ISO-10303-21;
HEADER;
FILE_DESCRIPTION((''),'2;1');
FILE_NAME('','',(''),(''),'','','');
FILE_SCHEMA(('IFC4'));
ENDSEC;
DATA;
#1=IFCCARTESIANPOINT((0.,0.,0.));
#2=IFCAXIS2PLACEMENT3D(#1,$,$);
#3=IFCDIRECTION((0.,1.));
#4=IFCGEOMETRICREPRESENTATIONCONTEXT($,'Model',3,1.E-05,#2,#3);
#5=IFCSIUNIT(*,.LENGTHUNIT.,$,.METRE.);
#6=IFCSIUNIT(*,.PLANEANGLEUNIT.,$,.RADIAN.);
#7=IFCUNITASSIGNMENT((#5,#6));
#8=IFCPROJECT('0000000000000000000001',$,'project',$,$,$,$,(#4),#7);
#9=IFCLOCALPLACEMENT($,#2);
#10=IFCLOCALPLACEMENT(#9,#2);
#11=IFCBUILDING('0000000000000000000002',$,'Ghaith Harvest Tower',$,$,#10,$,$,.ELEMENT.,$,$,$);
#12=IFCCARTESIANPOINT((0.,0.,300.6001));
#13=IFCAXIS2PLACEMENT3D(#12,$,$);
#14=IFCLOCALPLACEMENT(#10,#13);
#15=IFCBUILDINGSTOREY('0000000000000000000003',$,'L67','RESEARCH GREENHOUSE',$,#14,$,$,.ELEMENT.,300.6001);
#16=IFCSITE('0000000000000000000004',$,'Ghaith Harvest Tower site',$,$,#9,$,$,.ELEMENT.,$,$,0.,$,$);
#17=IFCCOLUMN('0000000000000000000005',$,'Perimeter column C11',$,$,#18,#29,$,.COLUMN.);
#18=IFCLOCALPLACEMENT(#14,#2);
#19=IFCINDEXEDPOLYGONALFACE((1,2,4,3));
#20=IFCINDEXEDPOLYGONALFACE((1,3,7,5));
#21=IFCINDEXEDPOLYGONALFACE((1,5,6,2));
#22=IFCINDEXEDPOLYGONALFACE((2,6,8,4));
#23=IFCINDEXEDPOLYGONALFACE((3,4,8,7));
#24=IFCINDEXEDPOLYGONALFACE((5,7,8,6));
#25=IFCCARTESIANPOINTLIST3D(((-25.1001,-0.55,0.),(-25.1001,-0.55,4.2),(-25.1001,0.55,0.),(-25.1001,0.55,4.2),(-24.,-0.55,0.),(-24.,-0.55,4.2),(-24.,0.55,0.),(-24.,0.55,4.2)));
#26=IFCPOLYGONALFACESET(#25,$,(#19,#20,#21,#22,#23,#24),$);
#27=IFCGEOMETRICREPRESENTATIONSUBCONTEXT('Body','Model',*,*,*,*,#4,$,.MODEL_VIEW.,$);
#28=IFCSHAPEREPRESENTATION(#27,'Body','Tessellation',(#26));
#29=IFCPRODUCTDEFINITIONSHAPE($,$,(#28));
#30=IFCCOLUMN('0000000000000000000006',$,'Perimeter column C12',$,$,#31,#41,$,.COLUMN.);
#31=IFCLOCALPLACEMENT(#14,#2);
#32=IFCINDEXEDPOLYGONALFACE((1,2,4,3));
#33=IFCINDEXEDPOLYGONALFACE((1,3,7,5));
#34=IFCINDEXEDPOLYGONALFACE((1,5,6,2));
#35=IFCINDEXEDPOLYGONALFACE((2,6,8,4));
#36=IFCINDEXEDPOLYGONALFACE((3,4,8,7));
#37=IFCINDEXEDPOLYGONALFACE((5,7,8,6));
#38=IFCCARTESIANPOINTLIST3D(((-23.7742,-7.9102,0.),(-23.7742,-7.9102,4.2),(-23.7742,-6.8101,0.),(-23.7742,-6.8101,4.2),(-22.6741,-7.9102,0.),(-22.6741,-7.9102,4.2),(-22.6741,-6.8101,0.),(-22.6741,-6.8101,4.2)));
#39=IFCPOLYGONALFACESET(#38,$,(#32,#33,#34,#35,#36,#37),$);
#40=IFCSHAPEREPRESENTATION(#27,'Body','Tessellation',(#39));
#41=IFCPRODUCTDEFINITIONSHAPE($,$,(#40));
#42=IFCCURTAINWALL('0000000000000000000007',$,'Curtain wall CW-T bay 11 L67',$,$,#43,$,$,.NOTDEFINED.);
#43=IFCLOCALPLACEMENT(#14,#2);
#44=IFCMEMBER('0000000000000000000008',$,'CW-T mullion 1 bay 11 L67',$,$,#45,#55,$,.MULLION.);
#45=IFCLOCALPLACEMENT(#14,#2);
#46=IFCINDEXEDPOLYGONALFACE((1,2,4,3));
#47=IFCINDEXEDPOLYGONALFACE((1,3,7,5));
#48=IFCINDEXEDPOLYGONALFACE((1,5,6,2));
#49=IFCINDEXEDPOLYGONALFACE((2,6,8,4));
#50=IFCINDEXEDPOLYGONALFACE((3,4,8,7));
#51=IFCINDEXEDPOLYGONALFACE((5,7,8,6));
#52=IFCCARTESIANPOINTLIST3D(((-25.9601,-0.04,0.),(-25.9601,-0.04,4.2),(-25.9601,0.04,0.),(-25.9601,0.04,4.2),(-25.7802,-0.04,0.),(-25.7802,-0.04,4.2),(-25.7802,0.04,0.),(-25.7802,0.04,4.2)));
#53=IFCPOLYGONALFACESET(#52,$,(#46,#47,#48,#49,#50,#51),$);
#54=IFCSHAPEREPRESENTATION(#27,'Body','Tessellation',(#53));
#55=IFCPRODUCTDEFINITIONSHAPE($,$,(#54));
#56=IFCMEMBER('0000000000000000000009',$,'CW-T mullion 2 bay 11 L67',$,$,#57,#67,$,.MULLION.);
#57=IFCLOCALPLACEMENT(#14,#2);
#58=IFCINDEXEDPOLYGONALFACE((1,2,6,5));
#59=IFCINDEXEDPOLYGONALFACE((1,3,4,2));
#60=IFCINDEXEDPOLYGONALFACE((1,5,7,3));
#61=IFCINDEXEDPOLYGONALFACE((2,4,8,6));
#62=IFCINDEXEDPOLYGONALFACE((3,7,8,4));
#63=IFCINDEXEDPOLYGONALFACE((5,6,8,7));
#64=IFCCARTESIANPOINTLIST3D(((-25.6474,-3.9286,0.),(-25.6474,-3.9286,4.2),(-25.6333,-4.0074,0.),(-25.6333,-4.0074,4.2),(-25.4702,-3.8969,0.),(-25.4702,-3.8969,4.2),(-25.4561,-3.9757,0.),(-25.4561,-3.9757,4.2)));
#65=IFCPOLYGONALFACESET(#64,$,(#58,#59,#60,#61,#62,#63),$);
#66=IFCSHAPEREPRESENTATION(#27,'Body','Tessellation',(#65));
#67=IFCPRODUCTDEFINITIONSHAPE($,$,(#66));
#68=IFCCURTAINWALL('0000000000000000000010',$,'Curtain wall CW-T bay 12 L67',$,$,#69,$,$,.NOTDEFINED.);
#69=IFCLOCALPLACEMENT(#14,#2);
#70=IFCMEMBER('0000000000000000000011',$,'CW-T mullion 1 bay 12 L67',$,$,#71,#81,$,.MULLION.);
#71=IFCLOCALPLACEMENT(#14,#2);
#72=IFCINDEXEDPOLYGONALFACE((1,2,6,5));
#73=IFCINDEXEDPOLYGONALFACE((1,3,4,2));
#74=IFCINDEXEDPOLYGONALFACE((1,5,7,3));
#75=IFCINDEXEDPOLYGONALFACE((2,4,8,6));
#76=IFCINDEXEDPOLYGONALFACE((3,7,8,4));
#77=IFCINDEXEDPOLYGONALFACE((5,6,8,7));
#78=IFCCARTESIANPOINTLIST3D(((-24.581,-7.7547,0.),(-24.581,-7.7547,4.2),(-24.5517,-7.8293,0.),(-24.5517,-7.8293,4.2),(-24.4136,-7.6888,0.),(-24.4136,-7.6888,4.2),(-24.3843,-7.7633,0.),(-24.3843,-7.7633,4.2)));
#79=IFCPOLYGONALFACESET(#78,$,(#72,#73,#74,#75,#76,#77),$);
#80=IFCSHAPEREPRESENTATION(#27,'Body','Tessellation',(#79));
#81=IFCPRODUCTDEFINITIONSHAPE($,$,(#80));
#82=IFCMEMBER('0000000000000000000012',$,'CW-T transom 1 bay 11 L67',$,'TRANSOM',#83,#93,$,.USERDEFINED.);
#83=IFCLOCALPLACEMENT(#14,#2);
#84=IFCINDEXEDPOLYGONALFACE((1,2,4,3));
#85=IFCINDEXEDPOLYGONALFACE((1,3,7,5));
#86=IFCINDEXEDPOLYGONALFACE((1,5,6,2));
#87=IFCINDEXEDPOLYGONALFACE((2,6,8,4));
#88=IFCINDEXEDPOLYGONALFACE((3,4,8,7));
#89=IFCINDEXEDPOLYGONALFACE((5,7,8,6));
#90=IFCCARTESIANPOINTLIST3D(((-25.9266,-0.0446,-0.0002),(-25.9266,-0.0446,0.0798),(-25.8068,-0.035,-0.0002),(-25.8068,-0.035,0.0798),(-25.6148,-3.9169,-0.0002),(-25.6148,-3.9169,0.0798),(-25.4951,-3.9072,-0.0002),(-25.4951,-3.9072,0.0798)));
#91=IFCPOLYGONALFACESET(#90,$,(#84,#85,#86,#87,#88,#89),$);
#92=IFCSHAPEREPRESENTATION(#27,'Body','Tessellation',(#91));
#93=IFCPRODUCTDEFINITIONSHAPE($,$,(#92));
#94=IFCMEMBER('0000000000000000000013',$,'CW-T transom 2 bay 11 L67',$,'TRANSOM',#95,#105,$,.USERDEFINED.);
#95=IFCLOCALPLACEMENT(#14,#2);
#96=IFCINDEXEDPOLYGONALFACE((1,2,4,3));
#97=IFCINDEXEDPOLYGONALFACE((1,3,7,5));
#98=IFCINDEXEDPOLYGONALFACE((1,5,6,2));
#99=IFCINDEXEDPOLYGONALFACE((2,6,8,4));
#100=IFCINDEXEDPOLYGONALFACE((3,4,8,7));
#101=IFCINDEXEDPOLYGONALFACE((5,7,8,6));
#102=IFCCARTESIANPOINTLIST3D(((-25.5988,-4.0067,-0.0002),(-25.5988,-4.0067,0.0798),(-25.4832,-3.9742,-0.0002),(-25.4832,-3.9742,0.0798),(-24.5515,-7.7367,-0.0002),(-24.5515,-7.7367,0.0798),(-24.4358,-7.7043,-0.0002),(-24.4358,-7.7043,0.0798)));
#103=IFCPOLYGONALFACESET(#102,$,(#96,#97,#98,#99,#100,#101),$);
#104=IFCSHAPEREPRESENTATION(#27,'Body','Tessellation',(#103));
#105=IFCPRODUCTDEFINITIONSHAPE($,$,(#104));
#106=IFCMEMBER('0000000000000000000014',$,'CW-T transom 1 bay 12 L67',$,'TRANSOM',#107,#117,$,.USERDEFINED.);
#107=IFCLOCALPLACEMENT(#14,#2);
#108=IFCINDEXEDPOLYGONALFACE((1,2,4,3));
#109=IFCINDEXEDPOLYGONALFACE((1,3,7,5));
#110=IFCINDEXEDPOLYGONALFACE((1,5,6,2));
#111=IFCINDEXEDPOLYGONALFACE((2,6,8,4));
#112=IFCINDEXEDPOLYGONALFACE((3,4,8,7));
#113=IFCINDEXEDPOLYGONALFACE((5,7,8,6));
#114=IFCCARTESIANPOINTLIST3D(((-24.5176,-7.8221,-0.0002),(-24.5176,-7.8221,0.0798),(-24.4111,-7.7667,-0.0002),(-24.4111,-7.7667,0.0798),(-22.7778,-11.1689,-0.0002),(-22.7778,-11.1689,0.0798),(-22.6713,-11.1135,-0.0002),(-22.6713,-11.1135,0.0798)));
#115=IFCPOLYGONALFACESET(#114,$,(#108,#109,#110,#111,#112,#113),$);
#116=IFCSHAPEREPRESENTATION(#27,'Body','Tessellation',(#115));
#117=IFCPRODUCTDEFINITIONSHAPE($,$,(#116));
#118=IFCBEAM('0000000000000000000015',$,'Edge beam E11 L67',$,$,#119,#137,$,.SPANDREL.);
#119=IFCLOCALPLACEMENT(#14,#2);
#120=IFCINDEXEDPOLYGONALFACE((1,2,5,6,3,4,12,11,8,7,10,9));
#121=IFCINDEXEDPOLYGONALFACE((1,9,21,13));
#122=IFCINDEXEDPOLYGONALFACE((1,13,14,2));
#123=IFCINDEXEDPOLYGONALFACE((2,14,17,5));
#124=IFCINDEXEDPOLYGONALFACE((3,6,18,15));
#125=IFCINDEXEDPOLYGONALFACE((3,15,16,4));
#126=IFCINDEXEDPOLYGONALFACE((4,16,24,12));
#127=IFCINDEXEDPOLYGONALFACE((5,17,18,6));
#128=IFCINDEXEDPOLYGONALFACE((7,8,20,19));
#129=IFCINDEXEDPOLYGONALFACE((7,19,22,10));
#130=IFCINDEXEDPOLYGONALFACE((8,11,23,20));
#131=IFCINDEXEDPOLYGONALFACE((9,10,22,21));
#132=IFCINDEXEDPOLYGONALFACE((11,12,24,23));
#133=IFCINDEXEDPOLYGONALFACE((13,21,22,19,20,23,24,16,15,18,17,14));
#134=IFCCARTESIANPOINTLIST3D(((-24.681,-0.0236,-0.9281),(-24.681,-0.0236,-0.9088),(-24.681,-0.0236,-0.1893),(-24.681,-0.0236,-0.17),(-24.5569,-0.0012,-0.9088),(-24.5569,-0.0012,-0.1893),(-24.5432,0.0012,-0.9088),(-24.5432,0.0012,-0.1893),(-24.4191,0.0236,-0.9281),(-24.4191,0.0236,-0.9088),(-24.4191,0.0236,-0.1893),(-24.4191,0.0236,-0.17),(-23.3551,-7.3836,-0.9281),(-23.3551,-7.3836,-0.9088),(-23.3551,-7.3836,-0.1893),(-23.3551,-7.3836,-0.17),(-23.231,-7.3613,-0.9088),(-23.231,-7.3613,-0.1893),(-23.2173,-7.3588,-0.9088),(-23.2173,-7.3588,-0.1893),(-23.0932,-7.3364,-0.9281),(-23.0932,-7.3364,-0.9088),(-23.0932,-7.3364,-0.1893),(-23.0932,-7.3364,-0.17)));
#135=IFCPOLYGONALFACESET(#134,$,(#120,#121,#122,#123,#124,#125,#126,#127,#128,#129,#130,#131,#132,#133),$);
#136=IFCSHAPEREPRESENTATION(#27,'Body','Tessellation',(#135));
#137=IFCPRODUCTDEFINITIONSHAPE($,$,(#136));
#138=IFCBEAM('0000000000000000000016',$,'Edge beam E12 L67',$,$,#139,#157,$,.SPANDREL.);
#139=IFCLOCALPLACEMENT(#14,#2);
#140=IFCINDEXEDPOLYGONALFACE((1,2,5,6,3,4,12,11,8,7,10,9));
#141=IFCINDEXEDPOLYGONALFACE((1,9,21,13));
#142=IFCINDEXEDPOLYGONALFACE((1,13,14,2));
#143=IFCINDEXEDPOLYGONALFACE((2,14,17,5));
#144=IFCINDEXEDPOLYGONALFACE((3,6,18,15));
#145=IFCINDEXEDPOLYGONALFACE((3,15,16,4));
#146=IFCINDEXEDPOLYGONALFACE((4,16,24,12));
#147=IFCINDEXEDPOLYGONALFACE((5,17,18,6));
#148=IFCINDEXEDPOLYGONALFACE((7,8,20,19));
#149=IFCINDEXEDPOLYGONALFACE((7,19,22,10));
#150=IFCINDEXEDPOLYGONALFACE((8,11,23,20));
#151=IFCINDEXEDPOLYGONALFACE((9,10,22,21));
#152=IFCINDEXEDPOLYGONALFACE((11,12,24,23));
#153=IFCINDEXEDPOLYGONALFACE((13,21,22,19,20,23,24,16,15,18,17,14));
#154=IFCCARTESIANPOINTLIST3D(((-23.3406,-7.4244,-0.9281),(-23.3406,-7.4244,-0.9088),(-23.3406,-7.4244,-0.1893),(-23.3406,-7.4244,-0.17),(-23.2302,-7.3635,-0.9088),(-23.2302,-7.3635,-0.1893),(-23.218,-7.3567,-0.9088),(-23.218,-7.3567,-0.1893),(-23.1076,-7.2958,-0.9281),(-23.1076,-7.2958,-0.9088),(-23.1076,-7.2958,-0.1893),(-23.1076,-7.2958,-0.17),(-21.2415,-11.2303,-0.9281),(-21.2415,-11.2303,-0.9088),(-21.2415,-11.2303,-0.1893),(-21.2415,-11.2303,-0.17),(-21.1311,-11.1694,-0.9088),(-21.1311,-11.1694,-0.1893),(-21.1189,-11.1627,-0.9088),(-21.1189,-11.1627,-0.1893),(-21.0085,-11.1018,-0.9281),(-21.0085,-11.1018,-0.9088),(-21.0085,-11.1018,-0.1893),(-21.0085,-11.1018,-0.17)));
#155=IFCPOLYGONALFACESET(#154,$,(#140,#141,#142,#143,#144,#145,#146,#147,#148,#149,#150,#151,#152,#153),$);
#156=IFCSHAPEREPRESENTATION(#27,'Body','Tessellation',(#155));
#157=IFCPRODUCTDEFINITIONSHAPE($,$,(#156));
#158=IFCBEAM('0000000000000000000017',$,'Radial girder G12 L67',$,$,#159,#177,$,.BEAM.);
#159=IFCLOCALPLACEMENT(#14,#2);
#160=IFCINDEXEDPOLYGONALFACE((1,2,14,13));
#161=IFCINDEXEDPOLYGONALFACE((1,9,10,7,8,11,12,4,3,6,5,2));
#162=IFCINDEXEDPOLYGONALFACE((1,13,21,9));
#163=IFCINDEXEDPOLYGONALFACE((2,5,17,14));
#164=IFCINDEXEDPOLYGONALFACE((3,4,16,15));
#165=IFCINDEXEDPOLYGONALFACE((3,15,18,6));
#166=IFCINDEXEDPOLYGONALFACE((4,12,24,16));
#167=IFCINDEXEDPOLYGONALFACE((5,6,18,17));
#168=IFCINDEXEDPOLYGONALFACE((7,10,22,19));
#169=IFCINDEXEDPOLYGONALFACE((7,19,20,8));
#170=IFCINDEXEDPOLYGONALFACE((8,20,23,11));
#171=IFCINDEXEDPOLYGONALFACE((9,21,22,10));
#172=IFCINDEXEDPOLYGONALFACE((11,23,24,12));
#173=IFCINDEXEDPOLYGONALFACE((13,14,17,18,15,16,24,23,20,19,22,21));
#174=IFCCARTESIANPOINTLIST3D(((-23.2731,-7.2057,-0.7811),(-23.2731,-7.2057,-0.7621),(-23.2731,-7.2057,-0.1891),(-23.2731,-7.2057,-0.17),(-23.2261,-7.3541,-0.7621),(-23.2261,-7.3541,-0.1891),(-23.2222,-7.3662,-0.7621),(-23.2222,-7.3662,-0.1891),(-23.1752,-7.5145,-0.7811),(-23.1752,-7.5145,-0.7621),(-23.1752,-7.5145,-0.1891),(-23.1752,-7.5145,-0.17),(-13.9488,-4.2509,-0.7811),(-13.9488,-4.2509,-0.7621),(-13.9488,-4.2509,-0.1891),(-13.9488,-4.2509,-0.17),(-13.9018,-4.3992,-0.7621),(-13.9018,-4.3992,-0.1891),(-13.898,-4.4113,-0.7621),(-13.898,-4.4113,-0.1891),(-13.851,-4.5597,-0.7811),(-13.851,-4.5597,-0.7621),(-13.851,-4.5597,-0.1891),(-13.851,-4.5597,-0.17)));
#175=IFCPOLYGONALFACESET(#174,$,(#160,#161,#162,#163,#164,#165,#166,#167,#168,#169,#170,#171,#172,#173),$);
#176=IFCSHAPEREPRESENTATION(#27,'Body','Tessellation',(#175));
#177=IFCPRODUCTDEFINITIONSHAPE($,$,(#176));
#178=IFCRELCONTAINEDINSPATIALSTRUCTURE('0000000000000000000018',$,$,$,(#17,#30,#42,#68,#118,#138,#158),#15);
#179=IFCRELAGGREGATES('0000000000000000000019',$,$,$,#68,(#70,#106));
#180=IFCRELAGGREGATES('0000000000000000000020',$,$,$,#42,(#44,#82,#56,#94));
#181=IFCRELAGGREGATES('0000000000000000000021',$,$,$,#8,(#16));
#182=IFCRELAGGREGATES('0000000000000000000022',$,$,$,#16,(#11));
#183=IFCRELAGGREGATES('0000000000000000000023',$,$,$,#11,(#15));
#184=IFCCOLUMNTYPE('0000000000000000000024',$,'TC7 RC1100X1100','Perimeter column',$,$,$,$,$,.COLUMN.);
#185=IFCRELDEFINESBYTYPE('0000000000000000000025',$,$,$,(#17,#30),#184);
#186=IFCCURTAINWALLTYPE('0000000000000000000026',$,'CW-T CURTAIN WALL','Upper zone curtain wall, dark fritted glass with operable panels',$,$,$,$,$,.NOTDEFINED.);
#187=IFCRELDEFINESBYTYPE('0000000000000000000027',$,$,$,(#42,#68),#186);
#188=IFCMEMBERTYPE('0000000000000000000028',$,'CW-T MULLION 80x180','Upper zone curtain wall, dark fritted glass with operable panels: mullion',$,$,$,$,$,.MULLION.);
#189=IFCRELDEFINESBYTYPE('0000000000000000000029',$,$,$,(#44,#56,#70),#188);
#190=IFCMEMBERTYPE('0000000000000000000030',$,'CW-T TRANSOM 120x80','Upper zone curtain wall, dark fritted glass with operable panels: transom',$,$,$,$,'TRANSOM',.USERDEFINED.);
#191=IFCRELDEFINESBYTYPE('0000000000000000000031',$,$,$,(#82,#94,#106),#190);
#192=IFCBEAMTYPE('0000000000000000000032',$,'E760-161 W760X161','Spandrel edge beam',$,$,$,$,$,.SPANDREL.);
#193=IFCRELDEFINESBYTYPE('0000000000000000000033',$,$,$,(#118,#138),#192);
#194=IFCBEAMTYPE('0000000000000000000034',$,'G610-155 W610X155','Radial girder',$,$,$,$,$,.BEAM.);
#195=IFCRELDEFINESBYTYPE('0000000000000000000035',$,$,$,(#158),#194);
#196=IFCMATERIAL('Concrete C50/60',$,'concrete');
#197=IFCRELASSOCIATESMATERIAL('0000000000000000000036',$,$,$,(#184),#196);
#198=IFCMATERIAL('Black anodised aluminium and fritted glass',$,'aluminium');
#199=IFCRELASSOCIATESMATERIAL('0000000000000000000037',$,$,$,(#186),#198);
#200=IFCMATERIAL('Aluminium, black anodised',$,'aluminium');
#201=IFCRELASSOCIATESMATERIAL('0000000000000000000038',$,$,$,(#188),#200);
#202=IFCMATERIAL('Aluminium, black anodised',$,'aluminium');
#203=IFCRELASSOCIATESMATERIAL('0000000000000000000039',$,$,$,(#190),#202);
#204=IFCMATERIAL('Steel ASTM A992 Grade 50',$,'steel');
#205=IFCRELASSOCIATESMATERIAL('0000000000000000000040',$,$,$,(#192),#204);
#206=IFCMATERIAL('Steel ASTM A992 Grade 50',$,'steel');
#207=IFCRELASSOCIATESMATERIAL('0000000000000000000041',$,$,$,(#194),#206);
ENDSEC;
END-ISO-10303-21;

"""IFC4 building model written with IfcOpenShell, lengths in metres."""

from ifc_helpers import new_model, si_unit, direction, frame, origin, origin_2d, place, context, subcontext, project, spatial, rectangle, i_section, extrude, material, material_profile, profile_set, type_object, element, aggregate, save


model = new_model("IFC4")

# Units and contexts
model_context = context("Model", 3, precision=1e-05, world=origin(), true_north=direction((0.0, 1.0)))
body_context = subcontext(model_context, "Body", "Model", "MODEL_VIEW")
ifc_project = project(units=[si_unit("LENGTHUNIT", "METRE"), si_unit("PLANEANGLEUNIT", "RADIAN")], contexts=[model_context])

# Site, building, storey
site_placement = place(None, origin())
site = spatial("IfcSite", under=ifc_project, at=site_placement, Name="Ghaith Harvest Tower site", CompositionType="ELEMENT", RefElevation=0.0)
building_placement = place(site_placement, origin())
building = spatial("IfcBuilding", under=site, at=building_placement, Name="Ghaith Harvest Tower", CompositionType="ELEMENT")
storey_placement = place(building_placement, frame((0.0, 0.0, 300.6001)))
storey = spatial("IfcBuildingStorey", under=building, at=storey_placement, Name="L67", Description="RESEARCH GREENHOUSE", CompositionType="ELEMENT", Elevation=300.6001)

# Columns
ifc_material_1 = material(Name="Concrete C50/60", Category="concrete")
ifc_material_profile_1 = material_profile(ifc_material_1, rectangle(XDim=1.1001, YDim=1.1001, at=origin_2d()), Name="RC1100X1100")
ifc_profile_set_1 = profile_set([ifc_material_profile_1], Name="Concrete C50/60")
column_type = type_object("IfcColumnType", Name="TC7 RC1100X1100", Description="Perimeter column", PredefinedType="COLUMN", material=ifc_profile_set_1)
for number, where, z_axis, x_axis, name in (
    (1, (-24.55, 0.0, 0.0), (0.0, 0.0, 1.0), (1.0, 0.0, 0.0), "Perimeter column C11"),
    (2, (-23.2241, -7.3601, 0.0), (0.0, 0.0, 1.0), (1.0, 0.0, 0.0), "Perimeter column C12"),
):
    element("IfcColumn", number, at=place(storey_placement, frame(where, z_axis=z_axis, x_axis=x_axis)), inside=storey, type_object=column_type, Name=name, PredefinedType="COLUMN", context=body_context, shape_type="SweptSolid", body=[
        extrude(rectangle(XDim=1.1001, YDim=1.1001, at=origin_2d()), origin(), (0.0, 0.0, 1.0), 4.2),
    ])

# Curtain wall, members
ifc_material_2 = material(Name="Black anodised aluminium and fritted glass", Category="aluminium")
curtain_wall_type = type_object("IfcCurtainWallType", Name="CW-T CURTAIN WALL", Description="Upper zone curtain wall, dark fritted glass with operable panels", PredefinedType="NOTDEFINED", material=ifc_material_2)
curtain_wall_1_placement = place(storey_placement, origin())
curtain_wall_1 = element("IfcCurtainWall", 3, at=curtain_wall_1_placement, inside=storey, type_object=curtain_wall_type, Name="Curtain wall CW-T bay 11 L67", PredefinedType="NOTDEFINED")
ifc_material_3 = material(Name="Aluminium, black anodised", Category="aluminium")
ifc_material_profile_2 = material_profile(ifc_material_3, rectangle(XDim=0.0801, YDim=0.1799, at=origin_2d()), Name="CW-T MULLION 80x180")
ifc_profile_set_2 = profile_set([ifc_material_profile_2], Name="Aluminium, black anodised")
member_type_1 = type_object("IfcMemberType", Name="CW-T MULLION 80x180", Description="Upper zone curtain wall, dark fritted glass with operable panels: mullion", PredefinedType="MULLION", material=ifc_profile_set_2)
member_1_placement = place(storey_placement, frame((-25.8701, 0.0, 0.0), z_axis=(0.0, 0.0, 1.0), x_axis=(0.0, -1.0, 0.0)))
member_1 = element("IfcMember", 4, at=member_1_placement, type_object=member_type_1, Name="CW-T mullion 1 bay 11 L67", PredefinedType="MULLION", context=body_context, shape_type="SweptSolid", body=[
    extrude(rectangle(XDim=0.0801, YDim=0.1799, at=origin_2d()), origin(), (0.0, 0.0, 1.0), 4.2),
])
member_2_placement = place(storey_placement, frame((-25.5518, -3.9521, 0.0), z_axis=(0.0, 0.0, 1.0), x_axis=(0.176001, -0.98439, 0.0)))
member_2 = element("IfcMember", 5, at=member_2_placement, type_object=member_type_1, Name="CW-T mullion 2 bay 11 L67", PredefinedType="MULLION", context=body_context, shape_type="SweptSolid", body=[
    extrude(rectangle(XDim=0.0801, YDim=0.1799, at=origin_2d()), origin(), (0.0, 0.0, 1.0), 4.2),
])

# Curtain wall, member
curtain_wall_2_placement = place(storey_placement, origin())
curtain_wall_2 = element("IfcCurtainWall", 6, at=curtain_wall_2_placement, inside=storey, type_object=curtain_wall_type, Name="Curtain wall CW-T bay 12 L67", PredefinedType="NOTDEFINED")
member_3_placement = place(storey_placement, frame((-24.4827, -7.759, 0.0), z_axis=(0.0, 0.0, 1.0), x_axis=(0.366473, -0.930429, 0.0)))
member_3 = element("IfcMember", 7, at=member_3_placement, type_object=member_type_1, Name="CW-T mullion 1 bay 12 L67", PredefinedType="MULLION", context=body_context, shape_type="SweptSolid", body=[
    extrude(rectangle(XDim=0.0801, YDim=0.1799, at=origin_2d()), origin(), (0.0, 0.0, 1.0), 4.2),
])

# Members
ifc_material_4 = material(Name="Aluminium, black anodised", Category="aluminium")
ifc_material_profile_3 = material_profile(ifc_material_4, rectangle(XDim=0.1201, YDim=0.0801, at=origin_2d()), Name="CW-T TRANSOM 120x80")
ifc_profile_set_3 = profile_set([ifc_material_profile_3], Name="Aluminium, black anodised")
member_type_2 = type_object("IfcMemberType", Name="CW-T TRANSOM 120x80", Description="Upper zone curtain wall, dark fritted glass with operable panels: transom", ElementType="TRANSOM", PredefinedType="USERDEFINED", material=ifc_profile_set_3)
member_4_placement = place(storey_placement, frame((-25.8667, -0.0398, 0.0398), z_axis=(0.080252, -0.996775, 0.0), x_axis=(0.996775, 0.080252, 0.0)))
member_4 = element("IfcMember", 8, at=member_4_placement, type_object=member_type_2, Name="CW-T transom 1 bay 11 L67", ObjectType="TRANSOM", PredefinedType="USERDEFINED", context=body_context, shape_type="SweptSolid", body=[
    extrude(rectangle(XDim=0.1201, YDim=0.0801, at=origin_2d()), origin(), (0.0, 0.0, 1.0), 3.8848),
])
member_5_placement = place(storey_placement, frame((-25.541, -3.9905, 0.0398), z_axis=(0.27034, -0.962765, 0.0), x_axis=(0.962765, 0.27034, 0.0)))
member_5 = element("IfcMember", 9, at=member_5_placement, type_object=member_type_2, Name="CW-T transom 2 bay 11 L67", ObjectType="TRANSOM", PredefinedType="USERDEFINED", context=body_context, shape_type="SweptSolid", body=[
    extrude(rectangle(XDim=0.1201, YDim=0.0801, at=origin_2d()), origin(), (0.0, 0.0, 1.0), 3.8743),
])
member_6_placement = place(storey_placement, frame((-24.4644, -7.7944, 0.0398), z_axis=(0.461243, -0.887274, 0.0), x_axis=(0.887274, 0.461243, 0.0)))
member_6 = element("IfcMember", 10, at=member_6_placement, type_object=member_type_2, Name="CW-T transom 1 bay 12 L67", ObjectType="TRANSOM", PredefinedType="USERDEFINED", context=body_context, shape_type="SweptSolid", body=[
    extrude(rectangle(XDim=0.1201, YDim=0.0801, at=origin_2d()), origin(), (0.0, 0.0, 1.0), 3.772),
])
aggregate(curtain_wall_2, [member_3, member_6])

# Beams
ifc_material_5 = material(Name="Steel ASTM A992 Grade 50", Category="steel")
ifc_material_profile_4 = material_profile(ifc_material_5, i_section(OverallWidth=0.2661, OverallDepth=0.7581, WebThickness=0.0139, FlangeThickness=0.0193, at=origin_2d()), Name="W760X161")
ifc_profile_set_4 = profile_set([ifc_material_profile_4], Name="Steel ASTM A992 Grade 50")
beam_type_1 = type_object("IfcBeamType", Name="E760-161 W760X161", Description="Spandrel edge beam", PredefinedType="SPANDREL", material=ifc_profile_set_4)
beam_1_placement = place(storey_placement, frame((-24.55, 0.0, -0.5491), z_axis=(0.177297, -0.984157, 0.0), x_axis=(0.984157, 0.177297, 0.0)))
element("IfcBeam", 11, at=beam_1_placement, inside=storey, type_object=beam_type_1, Name="Edge beam E11 L67", PredefinedType="SPANDREL", context=body_context, shape_type="SweptSolid", body=[
    extrude(i_section(OverallWidth=0.2661, OverallDepth=0.7581, WebThickness=0.0139, FlangeThickness=0.0193, at=origin_2d()), origin(), (0.0, 0.0, 1.0), 7.4785),
])
beam_2_placement = place(storey_placement, frame((-23.2241, -7.3601, -0.5491), z_axis=(0.482956, -0.875645, 0.0), x_axis=(0.875645, 0.482956, 0.0)))
element("IfcBeam", 12, at=beam_2_placement, inside=storey, type_object=beam_type_1, Name="Edge beam E12 L67", PredefinedType="SPANDREL", context=body_context, shape_type="SweptSolid", body=[
    extrude(i_section(OverallWidth=0.2661, OverallDepth=0.7581, WebThickness=0.0139, FlangeThickness=0.0193, at=origin_2d()), origin(), (0.0, 0.0, 1.0), 4.3464),
])
ifc_material_6 = material(Name="Steel ASTM A992 Grade 50", Category="steel")
ifc_material_profile_5 = material_profile(ifc_material_6, i_section(OverallWidth=0.324, OverallDepth=0.6111, WebThickness=0.0127, FlangeThickness=0.019, at=origin_2d()), Name="W610X155")
ifc_profile_set_5 = profile_set([ifc_material_profile_5], Name="Steel ASTM A992 Grade 50")
beam_type_2 = type_object("IfcBeamType", Name="G610-155 W610X155", Description="Radial girder", PredefinedType="BEAM", material=ifc_profile_set_5)
beam_3_placement = place(storey_placement, frame((-13.8999, -4.4053, -0.4756), z_axis=(-0.953279, -0.302093, 0.0), x_axis=(0.302093, -0.953279, 0.0)))
element("IfcBeam", 13, at=beam_3_placement, inside=storey, type_object=beam_type_2, Name="Radial girder G12 L67", PredefinedType="BEAM", context=body_context, shape_type="SweptSolid", body=[
    extrude(i_section(OverallWidth=0.324, OverallDepth=0.6111, WebThickness=0.0127, FlangeThickness=0.019, at=origin_2d()), origin(), (0.0, 0.0, 1.0), 9.7812),
])

aggregate(curtain_wall_1, [member_1, member_4, member_2, member_5])

save(model, "model.ifc")
